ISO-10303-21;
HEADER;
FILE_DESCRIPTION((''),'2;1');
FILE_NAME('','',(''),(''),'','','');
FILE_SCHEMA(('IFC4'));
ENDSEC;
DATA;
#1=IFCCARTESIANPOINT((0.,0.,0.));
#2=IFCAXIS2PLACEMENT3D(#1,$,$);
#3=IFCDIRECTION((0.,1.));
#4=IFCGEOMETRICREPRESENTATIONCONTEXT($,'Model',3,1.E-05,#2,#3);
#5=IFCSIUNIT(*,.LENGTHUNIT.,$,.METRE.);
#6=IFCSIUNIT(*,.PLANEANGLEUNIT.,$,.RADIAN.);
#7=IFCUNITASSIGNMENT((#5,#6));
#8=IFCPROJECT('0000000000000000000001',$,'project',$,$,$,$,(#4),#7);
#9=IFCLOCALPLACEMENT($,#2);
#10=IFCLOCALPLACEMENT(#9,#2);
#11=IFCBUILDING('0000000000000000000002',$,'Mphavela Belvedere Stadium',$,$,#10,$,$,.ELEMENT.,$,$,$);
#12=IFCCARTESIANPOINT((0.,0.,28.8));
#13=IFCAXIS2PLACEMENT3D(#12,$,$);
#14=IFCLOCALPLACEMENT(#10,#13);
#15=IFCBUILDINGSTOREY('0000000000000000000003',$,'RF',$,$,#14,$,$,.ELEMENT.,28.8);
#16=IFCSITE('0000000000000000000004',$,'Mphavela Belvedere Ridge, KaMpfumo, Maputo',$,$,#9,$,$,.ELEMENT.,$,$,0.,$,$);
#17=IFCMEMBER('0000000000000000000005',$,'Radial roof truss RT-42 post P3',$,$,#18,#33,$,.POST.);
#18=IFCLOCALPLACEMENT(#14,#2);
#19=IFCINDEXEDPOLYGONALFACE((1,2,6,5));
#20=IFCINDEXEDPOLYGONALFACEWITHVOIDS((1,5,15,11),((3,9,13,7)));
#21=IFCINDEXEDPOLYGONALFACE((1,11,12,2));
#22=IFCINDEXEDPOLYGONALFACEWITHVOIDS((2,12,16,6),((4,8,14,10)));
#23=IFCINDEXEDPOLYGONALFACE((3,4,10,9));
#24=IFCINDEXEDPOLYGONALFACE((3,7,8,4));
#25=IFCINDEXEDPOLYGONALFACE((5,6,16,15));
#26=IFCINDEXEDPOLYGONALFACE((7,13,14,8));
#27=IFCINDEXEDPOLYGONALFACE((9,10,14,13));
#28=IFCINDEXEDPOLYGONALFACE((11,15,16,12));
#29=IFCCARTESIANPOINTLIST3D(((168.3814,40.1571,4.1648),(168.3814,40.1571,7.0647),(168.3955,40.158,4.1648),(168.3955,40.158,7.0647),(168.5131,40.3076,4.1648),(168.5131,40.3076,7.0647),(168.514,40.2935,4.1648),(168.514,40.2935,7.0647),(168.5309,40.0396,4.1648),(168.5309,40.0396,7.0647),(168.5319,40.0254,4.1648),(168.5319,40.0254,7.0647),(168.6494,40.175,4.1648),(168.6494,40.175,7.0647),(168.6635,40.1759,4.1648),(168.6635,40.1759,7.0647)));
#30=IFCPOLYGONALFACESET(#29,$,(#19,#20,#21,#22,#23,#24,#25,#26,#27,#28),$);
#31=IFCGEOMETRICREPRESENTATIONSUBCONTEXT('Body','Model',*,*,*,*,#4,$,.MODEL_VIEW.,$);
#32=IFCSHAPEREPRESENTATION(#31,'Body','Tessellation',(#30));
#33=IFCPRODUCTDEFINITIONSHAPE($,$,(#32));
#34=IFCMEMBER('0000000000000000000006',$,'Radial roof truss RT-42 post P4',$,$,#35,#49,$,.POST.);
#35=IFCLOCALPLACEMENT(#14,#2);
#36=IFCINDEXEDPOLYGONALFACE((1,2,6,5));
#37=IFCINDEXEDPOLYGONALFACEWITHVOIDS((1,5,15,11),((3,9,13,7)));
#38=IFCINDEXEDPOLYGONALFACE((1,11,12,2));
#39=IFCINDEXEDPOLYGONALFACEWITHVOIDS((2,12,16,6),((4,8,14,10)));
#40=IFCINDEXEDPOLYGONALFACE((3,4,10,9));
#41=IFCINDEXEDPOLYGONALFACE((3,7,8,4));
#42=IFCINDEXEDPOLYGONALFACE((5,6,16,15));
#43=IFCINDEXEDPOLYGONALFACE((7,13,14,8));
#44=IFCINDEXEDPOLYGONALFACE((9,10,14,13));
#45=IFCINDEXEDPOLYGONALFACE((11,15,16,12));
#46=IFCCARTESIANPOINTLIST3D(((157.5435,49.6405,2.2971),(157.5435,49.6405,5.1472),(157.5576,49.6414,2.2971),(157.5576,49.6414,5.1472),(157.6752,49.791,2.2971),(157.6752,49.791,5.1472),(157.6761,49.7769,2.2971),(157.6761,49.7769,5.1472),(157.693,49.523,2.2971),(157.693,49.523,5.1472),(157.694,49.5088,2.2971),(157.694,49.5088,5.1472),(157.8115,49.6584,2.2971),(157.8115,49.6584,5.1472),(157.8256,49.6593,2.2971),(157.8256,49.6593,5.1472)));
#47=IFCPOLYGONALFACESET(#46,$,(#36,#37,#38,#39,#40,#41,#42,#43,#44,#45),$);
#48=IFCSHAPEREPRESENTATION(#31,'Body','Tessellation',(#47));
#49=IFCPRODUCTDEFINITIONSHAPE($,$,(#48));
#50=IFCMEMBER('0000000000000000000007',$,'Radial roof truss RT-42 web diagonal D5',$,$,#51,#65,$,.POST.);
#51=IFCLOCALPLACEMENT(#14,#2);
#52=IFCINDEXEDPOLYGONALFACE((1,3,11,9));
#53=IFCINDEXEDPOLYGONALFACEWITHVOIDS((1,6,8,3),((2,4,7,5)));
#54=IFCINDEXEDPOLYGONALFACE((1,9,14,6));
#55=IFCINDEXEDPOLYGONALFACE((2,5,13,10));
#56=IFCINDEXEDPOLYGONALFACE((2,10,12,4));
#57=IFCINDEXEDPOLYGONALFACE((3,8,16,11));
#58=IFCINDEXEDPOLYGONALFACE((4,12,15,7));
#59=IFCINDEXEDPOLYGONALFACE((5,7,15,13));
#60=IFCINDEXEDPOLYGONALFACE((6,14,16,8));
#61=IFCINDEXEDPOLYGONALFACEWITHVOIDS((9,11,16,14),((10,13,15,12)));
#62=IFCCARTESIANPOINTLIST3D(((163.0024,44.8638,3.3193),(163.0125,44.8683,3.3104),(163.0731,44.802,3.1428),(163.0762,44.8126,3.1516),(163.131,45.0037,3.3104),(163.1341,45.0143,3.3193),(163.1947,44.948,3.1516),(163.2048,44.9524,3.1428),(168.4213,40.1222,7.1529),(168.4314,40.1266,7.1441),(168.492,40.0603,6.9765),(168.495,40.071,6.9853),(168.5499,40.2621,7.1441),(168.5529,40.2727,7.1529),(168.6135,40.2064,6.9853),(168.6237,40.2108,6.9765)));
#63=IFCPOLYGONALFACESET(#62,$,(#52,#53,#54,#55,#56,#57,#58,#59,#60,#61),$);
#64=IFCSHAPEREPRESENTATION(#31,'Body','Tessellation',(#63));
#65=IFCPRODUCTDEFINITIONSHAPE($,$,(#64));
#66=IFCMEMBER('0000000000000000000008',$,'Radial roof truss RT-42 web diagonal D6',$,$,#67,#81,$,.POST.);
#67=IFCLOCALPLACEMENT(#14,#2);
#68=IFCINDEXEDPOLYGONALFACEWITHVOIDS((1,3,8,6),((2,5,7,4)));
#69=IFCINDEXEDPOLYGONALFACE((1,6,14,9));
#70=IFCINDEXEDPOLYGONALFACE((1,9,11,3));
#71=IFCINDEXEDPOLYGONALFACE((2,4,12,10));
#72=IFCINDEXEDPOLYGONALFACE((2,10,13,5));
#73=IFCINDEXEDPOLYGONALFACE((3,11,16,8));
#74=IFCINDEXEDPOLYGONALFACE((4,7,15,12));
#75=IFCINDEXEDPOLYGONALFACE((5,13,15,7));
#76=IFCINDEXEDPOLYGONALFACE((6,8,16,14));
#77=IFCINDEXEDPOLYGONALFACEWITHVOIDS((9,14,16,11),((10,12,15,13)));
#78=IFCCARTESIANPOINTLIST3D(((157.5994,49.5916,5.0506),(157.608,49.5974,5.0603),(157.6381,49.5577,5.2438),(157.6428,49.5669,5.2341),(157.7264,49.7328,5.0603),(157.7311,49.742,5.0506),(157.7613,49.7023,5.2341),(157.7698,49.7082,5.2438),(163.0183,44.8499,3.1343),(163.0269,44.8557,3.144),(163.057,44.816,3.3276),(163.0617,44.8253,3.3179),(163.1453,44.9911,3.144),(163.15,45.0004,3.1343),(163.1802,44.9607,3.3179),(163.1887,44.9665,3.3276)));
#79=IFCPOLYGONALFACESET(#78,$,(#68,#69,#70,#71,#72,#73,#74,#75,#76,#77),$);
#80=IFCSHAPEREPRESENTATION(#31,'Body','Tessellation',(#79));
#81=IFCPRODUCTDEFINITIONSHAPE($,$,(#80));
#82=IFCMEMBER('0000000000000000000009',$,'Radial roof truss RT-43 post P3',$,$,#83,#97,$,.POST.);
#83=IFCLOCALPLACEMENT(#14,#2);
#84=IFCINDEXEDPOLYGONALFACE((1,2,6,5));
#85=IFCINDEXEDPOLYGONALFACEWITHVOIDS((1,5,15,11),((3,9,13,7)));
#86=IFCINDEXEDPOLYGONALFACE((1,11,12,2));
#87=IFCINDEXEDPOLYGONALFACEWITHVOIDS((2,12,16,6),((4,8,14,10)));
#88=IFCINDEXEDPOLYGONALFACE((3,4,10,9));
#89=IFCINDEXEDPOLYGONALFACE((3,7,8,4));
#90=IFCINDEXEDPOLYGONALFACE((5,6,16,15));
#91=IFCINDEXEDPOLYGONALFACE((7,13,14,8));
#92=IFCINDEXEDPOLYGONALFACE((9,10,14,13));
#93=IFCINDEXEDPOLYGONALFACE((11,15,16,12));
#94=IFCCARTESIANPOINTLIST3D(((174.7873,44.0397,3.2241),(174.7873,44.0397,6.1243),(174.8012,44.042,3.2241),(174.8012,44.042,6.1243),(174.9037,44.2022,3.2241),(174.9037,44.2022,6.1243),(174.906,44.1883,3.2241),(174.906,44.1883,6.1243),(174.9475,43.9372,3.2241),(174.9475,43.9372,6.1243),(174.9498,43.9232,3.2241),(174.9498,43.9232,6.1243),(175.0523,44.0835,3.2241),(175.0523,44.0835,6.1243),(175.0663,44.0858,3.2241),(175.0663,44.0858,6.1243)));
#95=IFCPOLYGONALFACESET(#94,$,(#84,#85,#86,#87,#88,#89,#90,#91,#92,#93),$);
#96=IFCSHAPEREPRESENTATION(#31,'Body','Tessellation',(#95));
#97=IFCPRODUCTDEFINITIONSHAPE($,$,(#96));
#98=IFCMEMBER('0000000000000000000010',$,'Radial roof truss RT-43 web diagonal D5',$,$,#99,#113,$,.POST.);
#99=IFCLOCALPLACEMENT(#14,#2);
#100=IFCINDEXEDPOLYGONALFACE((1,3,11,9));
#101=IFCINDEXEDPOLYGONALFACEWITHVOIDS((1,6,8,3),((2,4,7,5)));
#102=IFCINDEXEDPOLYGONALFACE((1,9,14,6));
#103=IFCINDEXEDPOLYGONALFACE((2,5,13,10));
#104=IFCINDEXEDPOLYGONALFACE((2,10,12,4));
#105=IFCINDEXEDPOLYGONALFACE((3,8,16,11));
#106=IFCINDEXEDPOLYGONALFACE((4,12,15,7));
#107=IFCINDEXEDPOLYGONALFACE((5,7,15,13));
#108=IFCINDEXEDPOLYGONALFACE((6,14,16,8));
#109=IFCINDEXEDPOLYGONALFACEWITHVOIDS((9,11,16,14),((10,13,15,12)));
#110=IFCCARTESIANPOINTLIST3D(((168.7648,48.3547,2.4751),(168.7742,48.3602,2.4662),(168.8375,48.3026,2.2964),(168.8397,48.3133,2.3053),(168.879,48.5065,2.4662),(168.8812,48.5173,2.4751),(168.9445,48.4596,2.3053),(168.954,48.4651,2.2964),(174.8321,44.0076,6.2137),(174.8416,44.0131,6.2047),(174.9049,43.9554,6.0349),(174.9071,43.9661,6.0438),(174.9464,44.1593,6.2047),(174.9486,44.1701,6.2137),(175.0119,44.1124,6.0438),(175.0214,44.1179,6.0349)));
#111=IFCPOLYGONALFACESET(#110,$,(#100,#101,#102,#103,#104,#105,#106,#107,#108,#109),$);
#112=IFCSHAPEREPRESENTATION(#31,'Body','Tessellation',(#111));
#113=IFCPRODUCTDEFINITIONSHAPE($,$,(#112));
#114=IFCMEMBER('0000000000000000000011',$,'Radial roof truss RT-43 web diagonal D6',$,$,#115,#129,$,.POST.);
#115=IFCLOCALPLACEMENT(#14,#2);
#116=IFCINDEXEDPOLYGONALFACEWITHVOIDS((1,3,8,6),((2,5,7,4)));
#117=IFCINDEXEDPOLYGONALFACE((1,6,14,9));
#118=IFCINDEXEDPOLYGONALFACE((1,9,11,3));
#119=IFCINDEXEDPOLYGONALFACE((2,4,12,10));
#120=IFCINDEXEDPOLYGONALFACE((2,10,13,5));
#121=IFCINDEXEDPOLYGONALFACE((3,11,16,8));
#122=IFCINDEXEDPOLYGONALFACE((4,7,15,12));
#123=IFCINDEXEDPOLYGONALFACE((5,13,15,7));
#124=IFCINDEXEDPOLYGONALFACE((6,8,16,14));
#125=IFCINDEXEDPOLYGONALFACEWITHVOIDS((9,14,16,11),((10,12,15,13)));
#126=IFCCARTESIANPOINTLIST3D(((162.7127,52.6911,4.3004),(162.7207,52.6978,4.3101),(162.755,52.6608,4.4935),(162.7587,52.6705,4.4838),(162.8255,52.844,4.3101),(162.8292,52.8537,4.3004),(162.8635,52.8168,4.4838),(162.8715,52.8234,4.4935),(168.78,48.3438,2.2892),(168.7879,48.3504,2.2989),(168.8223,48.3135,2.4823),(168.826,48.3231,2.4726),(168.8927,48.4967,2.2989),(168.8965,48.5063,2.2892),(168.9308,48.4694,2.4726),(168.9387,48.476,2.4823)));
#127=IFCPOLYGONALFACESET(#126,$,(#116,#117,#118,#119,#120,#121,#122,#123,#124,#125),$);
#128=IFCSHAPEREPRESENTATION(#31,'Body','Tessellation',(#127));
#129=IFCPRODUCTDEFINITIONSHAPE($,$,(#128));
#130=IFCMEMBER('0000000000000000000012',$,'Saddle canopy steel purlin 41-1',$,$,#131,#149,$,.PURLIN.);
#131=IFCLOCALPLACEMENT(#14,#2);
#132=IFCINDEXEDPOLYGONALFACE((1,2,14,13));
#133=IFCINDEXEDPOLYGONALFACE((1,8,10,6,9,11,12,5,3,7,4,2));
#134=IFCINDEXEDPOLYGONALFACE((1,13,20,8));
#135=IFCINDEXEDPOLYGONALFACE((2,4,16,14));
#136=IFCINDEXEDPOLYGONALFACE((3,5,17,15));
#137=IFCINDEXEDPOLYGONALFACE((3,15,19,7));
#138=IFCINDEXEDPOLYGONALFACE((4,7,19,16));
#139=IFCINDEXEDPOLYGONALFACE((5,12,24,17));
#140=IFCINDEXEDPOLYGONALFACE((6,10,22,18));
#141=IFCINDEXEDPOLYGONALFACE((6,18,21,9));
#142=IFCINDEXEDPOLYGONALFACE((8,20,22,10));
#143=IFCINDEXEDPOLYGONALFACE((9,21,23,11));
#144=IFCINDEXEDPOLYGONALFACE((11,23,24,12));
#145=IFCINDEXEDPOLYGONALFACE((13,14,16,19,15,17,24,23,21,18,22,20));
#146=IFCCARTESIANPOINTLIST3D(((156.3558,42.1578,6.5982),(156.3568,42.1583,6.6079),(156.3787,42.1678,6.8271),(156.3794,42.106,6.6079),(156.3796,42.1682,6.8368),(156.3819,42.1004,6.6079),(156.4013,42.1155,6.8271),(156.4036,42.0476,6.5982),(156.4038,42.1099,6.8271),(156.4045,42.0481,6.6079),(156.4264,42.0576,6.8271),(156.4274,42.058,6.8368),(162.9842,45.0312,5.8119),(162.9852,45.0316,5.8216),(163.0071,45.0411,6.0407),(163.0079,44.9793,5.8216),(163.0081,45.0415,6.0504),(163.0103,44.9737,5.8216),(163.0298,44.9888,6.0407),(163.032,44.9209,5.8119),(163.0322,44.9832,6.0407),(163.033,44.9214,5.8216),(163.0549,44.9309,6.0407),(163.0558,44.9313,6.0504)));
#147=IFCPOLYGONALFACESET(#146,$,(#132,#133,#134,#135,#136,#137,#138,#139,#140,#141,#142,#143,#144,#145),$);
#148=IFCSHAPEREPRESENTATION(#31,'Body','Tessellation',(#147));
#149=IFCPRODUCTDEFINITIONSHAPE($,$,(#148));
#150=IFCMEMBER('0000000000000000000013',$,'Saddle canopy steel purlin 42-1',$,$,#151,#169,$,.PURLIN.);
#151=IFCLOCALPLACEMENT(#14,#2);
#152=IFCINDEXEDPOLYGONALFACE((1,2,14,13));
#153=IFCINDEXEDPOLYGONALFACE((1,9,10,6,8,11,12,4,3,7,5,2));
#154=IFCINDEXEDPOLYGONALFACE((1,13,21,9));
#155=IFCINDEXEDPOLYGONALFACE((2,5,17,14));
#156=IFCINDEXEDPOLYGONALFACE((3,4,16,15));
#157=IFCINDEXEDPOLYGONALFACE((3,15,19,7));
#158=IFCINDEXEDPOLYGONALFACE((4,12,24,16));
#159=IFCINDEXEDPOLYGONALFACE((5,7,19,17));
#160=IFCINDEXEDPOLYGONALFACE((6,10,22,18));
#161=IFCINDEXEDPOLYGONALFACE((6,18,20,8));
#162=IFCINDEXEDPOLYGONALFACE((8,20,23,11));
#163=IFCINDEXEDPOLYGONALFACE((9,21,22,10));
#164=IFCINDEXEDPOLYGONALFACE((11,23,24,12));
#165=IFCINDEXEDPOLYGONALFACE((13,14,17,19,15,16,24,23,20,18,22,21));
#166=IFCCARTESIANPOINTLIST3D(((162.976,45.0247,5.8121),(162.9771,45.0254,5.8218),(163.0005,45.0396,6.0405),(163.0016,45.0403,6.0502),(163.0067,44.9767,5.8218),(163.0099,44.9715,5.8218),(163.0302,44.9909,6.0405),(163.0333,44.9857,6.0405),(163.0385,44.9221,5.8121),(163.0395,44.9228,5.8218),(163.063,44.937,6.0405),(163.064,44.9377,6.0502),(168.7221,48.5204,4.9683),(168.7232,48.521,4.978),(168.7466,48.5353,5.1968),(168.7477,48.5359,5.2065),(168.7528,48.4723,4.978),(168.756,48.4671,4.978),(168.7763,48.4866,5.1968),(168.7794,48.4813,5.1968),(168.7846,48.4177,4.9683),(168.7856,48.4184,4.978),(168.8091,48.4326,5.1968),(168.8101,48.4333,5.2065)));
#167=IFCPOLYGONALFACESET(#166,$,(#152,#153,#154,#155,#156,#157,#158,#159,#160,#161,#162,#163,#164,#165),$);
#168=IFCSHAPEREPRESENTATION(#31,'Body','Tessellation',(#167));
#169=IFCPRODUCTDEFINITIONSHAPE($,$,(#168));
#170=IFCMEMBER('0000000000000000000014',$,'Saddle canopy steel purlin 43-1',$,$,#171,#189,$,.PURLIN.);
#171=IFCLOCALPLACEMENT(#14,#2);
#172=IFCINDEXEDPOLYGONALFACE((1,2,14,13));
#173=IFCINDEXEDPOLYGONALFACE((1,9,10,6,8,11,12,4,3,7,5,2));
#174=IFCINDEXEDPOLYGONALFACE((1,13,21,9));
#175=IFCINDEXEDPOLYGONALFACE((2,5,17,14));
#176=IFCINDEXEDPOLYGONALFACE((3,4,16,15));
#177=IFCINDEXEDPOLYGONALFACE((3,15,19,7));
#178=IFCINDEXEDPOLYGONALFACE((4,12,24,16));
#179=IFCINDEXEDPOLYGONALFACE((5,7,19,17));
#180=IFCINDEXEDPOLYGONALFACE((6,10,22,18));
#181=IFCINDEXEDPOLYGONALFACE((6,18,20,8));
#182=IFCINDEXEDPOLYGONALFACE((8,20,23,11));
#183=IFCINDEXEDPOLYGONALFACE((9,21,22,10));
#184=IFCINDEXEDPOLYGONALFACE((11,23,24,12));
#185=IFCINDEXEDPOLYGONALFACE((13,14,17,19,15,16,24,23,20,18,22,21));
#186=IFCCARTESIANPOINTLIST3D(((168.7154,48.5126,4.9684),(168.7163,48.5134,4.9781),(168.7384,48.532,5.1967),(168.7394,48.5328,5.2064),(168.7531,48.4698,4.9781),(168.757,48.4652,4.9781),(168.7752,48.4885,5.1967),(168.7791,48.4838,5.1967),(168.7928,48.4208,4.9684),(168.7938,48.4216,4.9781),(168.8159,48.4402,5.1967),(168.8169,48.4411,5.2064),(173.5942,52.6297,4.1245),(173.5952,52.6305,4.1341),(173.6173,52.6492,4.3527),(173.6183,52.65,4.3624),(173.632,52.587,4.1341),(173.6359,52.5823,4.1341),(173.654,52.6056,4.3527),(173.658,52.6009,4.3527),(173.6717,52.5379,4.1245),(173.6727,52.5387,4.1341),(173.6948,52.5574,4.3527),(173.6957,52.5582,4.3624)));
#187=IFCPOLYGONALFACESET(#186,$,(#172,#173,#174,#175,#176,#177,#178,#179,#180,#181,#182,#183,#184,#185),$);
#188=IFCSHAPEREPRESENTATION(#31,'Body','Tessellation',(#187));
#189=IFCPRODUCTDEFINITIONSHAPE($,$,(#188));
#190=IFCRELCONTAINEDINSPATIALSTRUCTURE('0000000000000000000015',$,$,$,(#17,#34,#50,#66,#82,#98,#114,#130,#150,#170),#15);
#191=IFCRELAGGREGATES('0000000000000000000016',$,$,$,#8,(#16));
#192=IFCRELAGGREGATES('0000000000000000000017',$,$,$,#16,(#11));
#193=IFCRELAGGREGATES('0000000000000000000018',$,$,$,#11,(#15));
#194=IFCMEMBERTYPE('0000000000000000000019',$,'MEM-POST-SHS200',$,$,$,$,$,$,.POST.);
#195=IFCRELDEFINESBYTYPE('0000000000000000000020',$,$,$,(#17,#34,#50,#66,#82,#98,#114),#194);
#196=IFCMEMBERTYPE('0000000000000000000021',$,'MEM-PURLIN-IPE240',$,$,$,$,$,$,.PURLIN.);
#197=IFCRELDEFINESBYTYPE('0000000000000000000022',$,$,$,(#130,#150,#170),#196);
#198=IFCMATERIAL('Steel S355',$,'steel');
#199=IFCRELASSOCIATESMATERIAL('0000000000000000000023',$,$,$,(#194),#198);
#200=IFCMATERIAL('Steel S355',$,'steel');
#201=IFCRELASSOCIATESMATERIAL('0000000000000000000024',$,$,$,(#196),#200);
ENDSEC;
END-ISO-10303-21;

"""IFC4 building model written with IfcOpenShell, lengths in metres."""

from ifc_helpers import new_model, si_unit, direction, frame, origin, origin_2d, place, context, subcontext, project, spatial, hollow_rectangle, i_section, extrude, material, material_profile, profile_set, type_object, element, save


model = new_model("IFC4")

# Units and contexts
model_context = context("Model", 3, precision=1e-05, world=origin(), true_north=direction((0.0, 1.0)))
body_context = subcontext(model_context, "Body", "Model", "MODEL_VIEW")
ifc_project = project(units=[si_unit("LENGTHUNIT", "METRE"), si_unit("PLANEANGLEUNIT", "RADIAN")], contexts=[model_context])

# Site, building, storey
site_placement = place(None, origin())
site = spatial("IfcSite", under=ifc_project, at=site_placement, Name="Mphavela Belvedere Ridge, KaMpfumo, Maputo", CompositionType="ELEMENT", RefElevation=0.0)
building_placement = place(site_placement, origin())
building = spatial("IfcBuilding", under=site, at=building_placement, Name="Mphavela Belvedere Stadium", CompositionType="ELEMENT")
storey_placement = place(building_placement, frame((0.0, 0.0, 28.8)))
storey = spatial("IfcBuildingStorey", under=building, at=storey_placement, Name="RF", CompositionType="ELEMENT", Elevation=28.8)

# Members
ifc_material_1 = material(Name="Steel S355", Category="steel")
ifc_material_profile_1 = material_profile(ifc_material_1, hollow_rectangle(XDim=0.2, YDim=0.2, WallThickness=0.01, at=origin_2d()), Name="SHS 200x200x10")
ifc_profile_set_1 = profile_set([ifc_material_profile_1], Name="Steel S355")
member_type_1 = type_object("IfcMemberType", Name="MEM-POST-SHS200", PredefinedType="POST", material=ifc_profile_set_1)
member_1_placement = place(storey_placement, frame((168.5225, 40.1665, 4.1648), z_axis=(0.0, 0.0, 1.0), x_axis=(0.75253, -0.658558, 0.0)))
element("IfcMember", 1, at=member_1_placement, inside=storey, type_object=member_type_1, Name="Radial roof truss RT-42 post P3", PredefinedType="POST", context=body_context, shape_type="SweptSolid", body=[
    extrude(hollow_rectangle(XDim=0.2, YDim=0.2, WallThickness=0.01, at=origin_2d()), origin(), (0.0, 0.0, 1.0), 2.8999),
])
member_2_placement = place(storey_placement, frame((157.6846, 49.6499, 2.2971), z_axis=(0.0, 0.0, 1.0), x_axis=(0.75253, -0.658558, 0.0)))
element("IfcMember", 2, at=member_2_placement, inside=storey, type_object=member_type_1, Name="Radial roof truss RT-42 post P4", PredefinedType="POST", context=body_context, shape_type="SweptSolid", body=[
    extrude(hollow_rectangle(XDim=0.2, YDim=0.2, WallThickness=0.01, at=origin_2d()), origin(), (0.0, 0.0, 1.0), 2.8501),
])
member_3_placement = place(storey_placement, frame((168.5225, 40.1665, 7.0647), z_axis=(-0.664283, 0.581262, -0.46996), x_axis=(-0.658514, -0.752568, 0.0)))
element("IfcMember", 3, at=member_3_placement, inside=storey, type_object=member_type_1, Name="Radial roof truss RT-42 web diagonal D5", PredefinedType="POST", context=body_context, shape_type="SweptSolid", body=[
    extrude(hollow_rectangle(XDim=0.2, YDim=0.2, WallThickness=0.01, at=origin_2d()), origin(), (0.0, 0.0, 1.0), 8.1575),
])
member_4_placement = place(storey_placement, frame((163.1035, 44.9082, 3.231), z_axis=(-0.727256, 0.636365, 0.257174), x_axis=(-0.658514, -0.752568, 0.0)))
element("IfcMember", 4, at=member_4_placement, inside=storey, type_object=member_type_1, Name="Radial roof truss RT-42 web diagonal D6", PredefinedType="POST", context=body_context, shape_type="SweptSolid", body=[
    extrude(hollow_rectangle(XDim=0.2, YDim=0.2, WallThickness=0.01, at=origin_2d()), origin(), (0.0, 0.0, 1.0), 7.4512),
])
member_5_placement = place(storey_placement, frame((174.9268, 44.0627, 3.2241), z_axis=(0.0, 0.0, 1.0), x_axis=(0.812898, -0.582407, 0.0)))
element("IfcMember", 5, at=member_5_placement, inside=storey, type_object=member_type_1, Name="Radial roof truss RT-43 post P3", PredefinedType="POST", context=body_context, shape_type="SweptSolid", body=[
    extrude(hollow_rectangle(XDim=0.2, YDim=0.2, WallThickness=0.01, at=origin_2d()), origin(), (0.0, 0.0, 1.0), 2.9001),
])
member_6_placement = place(storey_placement, frame((174.9268, 44.0627, 6.1243), z_axis=(-0.726815, 0.520749, -0.44784), x_axis=(-0.58242, -0.812888, 0.0)))
element("IfcMember", 6, at=member_6_placement, inside=storey, type_object=member_type_1, Name="Radial roof truss RT-43 web diagonal D5", PredefinedType="POST", context=body_context, shape_type="SweptSolid", body=[
    extrude(hollow_rectangle(XDim=0.2, YDim=0.2, WallThickness=0.01, at=origin_2d()), origin(), (0.0, 0.0, 1.0), 8.3479),
])
member_7_placement = place(storey_placement, frame((168.8594, 48.4099, 2.3857), z_axis=(-0.784879, 0.562383, 0.260174), x_axis=(-0.582441, -0.812873, 0.0)))
element("IfcMember", 7, at=member_7_placement, inside=storey, type_object=member_type_1, Name="Radial roof truss RT-43 web diagonal D6", PredefinedType="POST", context=body_context, shape_type="SweptSolid", body=[
    extrude(hollow_rectangle(XDim=0.2, YDim=0.2, WallThickness=0.01, at=origin_2d()), origin(), (0.0, 0.0, 1.0), 7.7302),
])
ifc_material_2 = material(Name="Steel S355", Category="steel")
ifc_material_profile_2 = material_profile(ifc_material_2, i_section(OverallWidth=0.1201, OverallDepth=0.24, WebThickness=0.0061, FlangeThickness=0.0098, at=origin_2d()), Name="IPE 240")
ifc_profile_set_2 = profile_set([ifc_material_profile_2], Name="Steel S355")
member_type_2 = type_object("IfcMemberType", Name="MEM-PURLIN-IPE240", PredefinedType="PURLIN", material=ifc_profile_set_2)
member_8_placement = place(storey_placement, frame((156.3916, 42.1079, 6.7175), z_axis=(0.912119, 0.395386, -0.108211), x_axis=(-0.397721, 0.917506, 0.0)))
element("IfcMember", 8, at=member_8_placement, inside=storey, type_object=member_type_2, Name="Saddle canopy steel purlin 41-1", PredefinedType="PURLIN", context=body_context, shape_type="SweptSolid", body=[
    extrude(i_section(OverallWidth=0.1201, OverallDepth=0.24, WebThickness=0.0061, FlangeThickness=0.0098, at=origin_2d()), origin(), (0.0, 0.0, 1.0), 7.2671),
])
member_9_placement = place(storey_placement, frame((163.02, 44.9812, 5.9312), z_axis=(0.847688, 0.515686, -0.124473), x_axis=(-0.519728, 0.854332, 0.0)))
element("IfcMember", 9, at=member_9_placement, inside=storey, type_object=member_type_2, Name="Saddle canopy steel purlin 42-1", PredefinedType="PURLIN", context=body_context, shape_type="SweptSolid", body=[
    extrude(i_section(OverallWidth=0.1201, OverallDepth=0.24, WebThickness=0.0061, FlangeThickness=0.0098, at=origin_2d()), origin(), (0.0, 0.0, 1.0), 6.7786),
])
member_10_placement = place(storey_placement, frame((168.7661, 48.4768, 5.0874), z_axis=(0.757652, 0.639364, -0.131065), x_axis=(-0.644927, 0.764244, 0.0)))
element("IfcMember", 10, at=member_10_placement, inside=storey, type_object=member_type_2, Name="Saddle canopy steel purlin 43-1", PredefinedType="PURLIN", context=body_context, shape_type="SweptSolid", body=[
    extrude(i_section(OverallWidth=0.1201, OverallDepth=0.24, WebThickness=0.0061, FlangeThickness=0.0098, at=origin_2d()), origin(), (0.0, 0.0, 1.0), 6.4395),
])

save(model, "model.ifc")
